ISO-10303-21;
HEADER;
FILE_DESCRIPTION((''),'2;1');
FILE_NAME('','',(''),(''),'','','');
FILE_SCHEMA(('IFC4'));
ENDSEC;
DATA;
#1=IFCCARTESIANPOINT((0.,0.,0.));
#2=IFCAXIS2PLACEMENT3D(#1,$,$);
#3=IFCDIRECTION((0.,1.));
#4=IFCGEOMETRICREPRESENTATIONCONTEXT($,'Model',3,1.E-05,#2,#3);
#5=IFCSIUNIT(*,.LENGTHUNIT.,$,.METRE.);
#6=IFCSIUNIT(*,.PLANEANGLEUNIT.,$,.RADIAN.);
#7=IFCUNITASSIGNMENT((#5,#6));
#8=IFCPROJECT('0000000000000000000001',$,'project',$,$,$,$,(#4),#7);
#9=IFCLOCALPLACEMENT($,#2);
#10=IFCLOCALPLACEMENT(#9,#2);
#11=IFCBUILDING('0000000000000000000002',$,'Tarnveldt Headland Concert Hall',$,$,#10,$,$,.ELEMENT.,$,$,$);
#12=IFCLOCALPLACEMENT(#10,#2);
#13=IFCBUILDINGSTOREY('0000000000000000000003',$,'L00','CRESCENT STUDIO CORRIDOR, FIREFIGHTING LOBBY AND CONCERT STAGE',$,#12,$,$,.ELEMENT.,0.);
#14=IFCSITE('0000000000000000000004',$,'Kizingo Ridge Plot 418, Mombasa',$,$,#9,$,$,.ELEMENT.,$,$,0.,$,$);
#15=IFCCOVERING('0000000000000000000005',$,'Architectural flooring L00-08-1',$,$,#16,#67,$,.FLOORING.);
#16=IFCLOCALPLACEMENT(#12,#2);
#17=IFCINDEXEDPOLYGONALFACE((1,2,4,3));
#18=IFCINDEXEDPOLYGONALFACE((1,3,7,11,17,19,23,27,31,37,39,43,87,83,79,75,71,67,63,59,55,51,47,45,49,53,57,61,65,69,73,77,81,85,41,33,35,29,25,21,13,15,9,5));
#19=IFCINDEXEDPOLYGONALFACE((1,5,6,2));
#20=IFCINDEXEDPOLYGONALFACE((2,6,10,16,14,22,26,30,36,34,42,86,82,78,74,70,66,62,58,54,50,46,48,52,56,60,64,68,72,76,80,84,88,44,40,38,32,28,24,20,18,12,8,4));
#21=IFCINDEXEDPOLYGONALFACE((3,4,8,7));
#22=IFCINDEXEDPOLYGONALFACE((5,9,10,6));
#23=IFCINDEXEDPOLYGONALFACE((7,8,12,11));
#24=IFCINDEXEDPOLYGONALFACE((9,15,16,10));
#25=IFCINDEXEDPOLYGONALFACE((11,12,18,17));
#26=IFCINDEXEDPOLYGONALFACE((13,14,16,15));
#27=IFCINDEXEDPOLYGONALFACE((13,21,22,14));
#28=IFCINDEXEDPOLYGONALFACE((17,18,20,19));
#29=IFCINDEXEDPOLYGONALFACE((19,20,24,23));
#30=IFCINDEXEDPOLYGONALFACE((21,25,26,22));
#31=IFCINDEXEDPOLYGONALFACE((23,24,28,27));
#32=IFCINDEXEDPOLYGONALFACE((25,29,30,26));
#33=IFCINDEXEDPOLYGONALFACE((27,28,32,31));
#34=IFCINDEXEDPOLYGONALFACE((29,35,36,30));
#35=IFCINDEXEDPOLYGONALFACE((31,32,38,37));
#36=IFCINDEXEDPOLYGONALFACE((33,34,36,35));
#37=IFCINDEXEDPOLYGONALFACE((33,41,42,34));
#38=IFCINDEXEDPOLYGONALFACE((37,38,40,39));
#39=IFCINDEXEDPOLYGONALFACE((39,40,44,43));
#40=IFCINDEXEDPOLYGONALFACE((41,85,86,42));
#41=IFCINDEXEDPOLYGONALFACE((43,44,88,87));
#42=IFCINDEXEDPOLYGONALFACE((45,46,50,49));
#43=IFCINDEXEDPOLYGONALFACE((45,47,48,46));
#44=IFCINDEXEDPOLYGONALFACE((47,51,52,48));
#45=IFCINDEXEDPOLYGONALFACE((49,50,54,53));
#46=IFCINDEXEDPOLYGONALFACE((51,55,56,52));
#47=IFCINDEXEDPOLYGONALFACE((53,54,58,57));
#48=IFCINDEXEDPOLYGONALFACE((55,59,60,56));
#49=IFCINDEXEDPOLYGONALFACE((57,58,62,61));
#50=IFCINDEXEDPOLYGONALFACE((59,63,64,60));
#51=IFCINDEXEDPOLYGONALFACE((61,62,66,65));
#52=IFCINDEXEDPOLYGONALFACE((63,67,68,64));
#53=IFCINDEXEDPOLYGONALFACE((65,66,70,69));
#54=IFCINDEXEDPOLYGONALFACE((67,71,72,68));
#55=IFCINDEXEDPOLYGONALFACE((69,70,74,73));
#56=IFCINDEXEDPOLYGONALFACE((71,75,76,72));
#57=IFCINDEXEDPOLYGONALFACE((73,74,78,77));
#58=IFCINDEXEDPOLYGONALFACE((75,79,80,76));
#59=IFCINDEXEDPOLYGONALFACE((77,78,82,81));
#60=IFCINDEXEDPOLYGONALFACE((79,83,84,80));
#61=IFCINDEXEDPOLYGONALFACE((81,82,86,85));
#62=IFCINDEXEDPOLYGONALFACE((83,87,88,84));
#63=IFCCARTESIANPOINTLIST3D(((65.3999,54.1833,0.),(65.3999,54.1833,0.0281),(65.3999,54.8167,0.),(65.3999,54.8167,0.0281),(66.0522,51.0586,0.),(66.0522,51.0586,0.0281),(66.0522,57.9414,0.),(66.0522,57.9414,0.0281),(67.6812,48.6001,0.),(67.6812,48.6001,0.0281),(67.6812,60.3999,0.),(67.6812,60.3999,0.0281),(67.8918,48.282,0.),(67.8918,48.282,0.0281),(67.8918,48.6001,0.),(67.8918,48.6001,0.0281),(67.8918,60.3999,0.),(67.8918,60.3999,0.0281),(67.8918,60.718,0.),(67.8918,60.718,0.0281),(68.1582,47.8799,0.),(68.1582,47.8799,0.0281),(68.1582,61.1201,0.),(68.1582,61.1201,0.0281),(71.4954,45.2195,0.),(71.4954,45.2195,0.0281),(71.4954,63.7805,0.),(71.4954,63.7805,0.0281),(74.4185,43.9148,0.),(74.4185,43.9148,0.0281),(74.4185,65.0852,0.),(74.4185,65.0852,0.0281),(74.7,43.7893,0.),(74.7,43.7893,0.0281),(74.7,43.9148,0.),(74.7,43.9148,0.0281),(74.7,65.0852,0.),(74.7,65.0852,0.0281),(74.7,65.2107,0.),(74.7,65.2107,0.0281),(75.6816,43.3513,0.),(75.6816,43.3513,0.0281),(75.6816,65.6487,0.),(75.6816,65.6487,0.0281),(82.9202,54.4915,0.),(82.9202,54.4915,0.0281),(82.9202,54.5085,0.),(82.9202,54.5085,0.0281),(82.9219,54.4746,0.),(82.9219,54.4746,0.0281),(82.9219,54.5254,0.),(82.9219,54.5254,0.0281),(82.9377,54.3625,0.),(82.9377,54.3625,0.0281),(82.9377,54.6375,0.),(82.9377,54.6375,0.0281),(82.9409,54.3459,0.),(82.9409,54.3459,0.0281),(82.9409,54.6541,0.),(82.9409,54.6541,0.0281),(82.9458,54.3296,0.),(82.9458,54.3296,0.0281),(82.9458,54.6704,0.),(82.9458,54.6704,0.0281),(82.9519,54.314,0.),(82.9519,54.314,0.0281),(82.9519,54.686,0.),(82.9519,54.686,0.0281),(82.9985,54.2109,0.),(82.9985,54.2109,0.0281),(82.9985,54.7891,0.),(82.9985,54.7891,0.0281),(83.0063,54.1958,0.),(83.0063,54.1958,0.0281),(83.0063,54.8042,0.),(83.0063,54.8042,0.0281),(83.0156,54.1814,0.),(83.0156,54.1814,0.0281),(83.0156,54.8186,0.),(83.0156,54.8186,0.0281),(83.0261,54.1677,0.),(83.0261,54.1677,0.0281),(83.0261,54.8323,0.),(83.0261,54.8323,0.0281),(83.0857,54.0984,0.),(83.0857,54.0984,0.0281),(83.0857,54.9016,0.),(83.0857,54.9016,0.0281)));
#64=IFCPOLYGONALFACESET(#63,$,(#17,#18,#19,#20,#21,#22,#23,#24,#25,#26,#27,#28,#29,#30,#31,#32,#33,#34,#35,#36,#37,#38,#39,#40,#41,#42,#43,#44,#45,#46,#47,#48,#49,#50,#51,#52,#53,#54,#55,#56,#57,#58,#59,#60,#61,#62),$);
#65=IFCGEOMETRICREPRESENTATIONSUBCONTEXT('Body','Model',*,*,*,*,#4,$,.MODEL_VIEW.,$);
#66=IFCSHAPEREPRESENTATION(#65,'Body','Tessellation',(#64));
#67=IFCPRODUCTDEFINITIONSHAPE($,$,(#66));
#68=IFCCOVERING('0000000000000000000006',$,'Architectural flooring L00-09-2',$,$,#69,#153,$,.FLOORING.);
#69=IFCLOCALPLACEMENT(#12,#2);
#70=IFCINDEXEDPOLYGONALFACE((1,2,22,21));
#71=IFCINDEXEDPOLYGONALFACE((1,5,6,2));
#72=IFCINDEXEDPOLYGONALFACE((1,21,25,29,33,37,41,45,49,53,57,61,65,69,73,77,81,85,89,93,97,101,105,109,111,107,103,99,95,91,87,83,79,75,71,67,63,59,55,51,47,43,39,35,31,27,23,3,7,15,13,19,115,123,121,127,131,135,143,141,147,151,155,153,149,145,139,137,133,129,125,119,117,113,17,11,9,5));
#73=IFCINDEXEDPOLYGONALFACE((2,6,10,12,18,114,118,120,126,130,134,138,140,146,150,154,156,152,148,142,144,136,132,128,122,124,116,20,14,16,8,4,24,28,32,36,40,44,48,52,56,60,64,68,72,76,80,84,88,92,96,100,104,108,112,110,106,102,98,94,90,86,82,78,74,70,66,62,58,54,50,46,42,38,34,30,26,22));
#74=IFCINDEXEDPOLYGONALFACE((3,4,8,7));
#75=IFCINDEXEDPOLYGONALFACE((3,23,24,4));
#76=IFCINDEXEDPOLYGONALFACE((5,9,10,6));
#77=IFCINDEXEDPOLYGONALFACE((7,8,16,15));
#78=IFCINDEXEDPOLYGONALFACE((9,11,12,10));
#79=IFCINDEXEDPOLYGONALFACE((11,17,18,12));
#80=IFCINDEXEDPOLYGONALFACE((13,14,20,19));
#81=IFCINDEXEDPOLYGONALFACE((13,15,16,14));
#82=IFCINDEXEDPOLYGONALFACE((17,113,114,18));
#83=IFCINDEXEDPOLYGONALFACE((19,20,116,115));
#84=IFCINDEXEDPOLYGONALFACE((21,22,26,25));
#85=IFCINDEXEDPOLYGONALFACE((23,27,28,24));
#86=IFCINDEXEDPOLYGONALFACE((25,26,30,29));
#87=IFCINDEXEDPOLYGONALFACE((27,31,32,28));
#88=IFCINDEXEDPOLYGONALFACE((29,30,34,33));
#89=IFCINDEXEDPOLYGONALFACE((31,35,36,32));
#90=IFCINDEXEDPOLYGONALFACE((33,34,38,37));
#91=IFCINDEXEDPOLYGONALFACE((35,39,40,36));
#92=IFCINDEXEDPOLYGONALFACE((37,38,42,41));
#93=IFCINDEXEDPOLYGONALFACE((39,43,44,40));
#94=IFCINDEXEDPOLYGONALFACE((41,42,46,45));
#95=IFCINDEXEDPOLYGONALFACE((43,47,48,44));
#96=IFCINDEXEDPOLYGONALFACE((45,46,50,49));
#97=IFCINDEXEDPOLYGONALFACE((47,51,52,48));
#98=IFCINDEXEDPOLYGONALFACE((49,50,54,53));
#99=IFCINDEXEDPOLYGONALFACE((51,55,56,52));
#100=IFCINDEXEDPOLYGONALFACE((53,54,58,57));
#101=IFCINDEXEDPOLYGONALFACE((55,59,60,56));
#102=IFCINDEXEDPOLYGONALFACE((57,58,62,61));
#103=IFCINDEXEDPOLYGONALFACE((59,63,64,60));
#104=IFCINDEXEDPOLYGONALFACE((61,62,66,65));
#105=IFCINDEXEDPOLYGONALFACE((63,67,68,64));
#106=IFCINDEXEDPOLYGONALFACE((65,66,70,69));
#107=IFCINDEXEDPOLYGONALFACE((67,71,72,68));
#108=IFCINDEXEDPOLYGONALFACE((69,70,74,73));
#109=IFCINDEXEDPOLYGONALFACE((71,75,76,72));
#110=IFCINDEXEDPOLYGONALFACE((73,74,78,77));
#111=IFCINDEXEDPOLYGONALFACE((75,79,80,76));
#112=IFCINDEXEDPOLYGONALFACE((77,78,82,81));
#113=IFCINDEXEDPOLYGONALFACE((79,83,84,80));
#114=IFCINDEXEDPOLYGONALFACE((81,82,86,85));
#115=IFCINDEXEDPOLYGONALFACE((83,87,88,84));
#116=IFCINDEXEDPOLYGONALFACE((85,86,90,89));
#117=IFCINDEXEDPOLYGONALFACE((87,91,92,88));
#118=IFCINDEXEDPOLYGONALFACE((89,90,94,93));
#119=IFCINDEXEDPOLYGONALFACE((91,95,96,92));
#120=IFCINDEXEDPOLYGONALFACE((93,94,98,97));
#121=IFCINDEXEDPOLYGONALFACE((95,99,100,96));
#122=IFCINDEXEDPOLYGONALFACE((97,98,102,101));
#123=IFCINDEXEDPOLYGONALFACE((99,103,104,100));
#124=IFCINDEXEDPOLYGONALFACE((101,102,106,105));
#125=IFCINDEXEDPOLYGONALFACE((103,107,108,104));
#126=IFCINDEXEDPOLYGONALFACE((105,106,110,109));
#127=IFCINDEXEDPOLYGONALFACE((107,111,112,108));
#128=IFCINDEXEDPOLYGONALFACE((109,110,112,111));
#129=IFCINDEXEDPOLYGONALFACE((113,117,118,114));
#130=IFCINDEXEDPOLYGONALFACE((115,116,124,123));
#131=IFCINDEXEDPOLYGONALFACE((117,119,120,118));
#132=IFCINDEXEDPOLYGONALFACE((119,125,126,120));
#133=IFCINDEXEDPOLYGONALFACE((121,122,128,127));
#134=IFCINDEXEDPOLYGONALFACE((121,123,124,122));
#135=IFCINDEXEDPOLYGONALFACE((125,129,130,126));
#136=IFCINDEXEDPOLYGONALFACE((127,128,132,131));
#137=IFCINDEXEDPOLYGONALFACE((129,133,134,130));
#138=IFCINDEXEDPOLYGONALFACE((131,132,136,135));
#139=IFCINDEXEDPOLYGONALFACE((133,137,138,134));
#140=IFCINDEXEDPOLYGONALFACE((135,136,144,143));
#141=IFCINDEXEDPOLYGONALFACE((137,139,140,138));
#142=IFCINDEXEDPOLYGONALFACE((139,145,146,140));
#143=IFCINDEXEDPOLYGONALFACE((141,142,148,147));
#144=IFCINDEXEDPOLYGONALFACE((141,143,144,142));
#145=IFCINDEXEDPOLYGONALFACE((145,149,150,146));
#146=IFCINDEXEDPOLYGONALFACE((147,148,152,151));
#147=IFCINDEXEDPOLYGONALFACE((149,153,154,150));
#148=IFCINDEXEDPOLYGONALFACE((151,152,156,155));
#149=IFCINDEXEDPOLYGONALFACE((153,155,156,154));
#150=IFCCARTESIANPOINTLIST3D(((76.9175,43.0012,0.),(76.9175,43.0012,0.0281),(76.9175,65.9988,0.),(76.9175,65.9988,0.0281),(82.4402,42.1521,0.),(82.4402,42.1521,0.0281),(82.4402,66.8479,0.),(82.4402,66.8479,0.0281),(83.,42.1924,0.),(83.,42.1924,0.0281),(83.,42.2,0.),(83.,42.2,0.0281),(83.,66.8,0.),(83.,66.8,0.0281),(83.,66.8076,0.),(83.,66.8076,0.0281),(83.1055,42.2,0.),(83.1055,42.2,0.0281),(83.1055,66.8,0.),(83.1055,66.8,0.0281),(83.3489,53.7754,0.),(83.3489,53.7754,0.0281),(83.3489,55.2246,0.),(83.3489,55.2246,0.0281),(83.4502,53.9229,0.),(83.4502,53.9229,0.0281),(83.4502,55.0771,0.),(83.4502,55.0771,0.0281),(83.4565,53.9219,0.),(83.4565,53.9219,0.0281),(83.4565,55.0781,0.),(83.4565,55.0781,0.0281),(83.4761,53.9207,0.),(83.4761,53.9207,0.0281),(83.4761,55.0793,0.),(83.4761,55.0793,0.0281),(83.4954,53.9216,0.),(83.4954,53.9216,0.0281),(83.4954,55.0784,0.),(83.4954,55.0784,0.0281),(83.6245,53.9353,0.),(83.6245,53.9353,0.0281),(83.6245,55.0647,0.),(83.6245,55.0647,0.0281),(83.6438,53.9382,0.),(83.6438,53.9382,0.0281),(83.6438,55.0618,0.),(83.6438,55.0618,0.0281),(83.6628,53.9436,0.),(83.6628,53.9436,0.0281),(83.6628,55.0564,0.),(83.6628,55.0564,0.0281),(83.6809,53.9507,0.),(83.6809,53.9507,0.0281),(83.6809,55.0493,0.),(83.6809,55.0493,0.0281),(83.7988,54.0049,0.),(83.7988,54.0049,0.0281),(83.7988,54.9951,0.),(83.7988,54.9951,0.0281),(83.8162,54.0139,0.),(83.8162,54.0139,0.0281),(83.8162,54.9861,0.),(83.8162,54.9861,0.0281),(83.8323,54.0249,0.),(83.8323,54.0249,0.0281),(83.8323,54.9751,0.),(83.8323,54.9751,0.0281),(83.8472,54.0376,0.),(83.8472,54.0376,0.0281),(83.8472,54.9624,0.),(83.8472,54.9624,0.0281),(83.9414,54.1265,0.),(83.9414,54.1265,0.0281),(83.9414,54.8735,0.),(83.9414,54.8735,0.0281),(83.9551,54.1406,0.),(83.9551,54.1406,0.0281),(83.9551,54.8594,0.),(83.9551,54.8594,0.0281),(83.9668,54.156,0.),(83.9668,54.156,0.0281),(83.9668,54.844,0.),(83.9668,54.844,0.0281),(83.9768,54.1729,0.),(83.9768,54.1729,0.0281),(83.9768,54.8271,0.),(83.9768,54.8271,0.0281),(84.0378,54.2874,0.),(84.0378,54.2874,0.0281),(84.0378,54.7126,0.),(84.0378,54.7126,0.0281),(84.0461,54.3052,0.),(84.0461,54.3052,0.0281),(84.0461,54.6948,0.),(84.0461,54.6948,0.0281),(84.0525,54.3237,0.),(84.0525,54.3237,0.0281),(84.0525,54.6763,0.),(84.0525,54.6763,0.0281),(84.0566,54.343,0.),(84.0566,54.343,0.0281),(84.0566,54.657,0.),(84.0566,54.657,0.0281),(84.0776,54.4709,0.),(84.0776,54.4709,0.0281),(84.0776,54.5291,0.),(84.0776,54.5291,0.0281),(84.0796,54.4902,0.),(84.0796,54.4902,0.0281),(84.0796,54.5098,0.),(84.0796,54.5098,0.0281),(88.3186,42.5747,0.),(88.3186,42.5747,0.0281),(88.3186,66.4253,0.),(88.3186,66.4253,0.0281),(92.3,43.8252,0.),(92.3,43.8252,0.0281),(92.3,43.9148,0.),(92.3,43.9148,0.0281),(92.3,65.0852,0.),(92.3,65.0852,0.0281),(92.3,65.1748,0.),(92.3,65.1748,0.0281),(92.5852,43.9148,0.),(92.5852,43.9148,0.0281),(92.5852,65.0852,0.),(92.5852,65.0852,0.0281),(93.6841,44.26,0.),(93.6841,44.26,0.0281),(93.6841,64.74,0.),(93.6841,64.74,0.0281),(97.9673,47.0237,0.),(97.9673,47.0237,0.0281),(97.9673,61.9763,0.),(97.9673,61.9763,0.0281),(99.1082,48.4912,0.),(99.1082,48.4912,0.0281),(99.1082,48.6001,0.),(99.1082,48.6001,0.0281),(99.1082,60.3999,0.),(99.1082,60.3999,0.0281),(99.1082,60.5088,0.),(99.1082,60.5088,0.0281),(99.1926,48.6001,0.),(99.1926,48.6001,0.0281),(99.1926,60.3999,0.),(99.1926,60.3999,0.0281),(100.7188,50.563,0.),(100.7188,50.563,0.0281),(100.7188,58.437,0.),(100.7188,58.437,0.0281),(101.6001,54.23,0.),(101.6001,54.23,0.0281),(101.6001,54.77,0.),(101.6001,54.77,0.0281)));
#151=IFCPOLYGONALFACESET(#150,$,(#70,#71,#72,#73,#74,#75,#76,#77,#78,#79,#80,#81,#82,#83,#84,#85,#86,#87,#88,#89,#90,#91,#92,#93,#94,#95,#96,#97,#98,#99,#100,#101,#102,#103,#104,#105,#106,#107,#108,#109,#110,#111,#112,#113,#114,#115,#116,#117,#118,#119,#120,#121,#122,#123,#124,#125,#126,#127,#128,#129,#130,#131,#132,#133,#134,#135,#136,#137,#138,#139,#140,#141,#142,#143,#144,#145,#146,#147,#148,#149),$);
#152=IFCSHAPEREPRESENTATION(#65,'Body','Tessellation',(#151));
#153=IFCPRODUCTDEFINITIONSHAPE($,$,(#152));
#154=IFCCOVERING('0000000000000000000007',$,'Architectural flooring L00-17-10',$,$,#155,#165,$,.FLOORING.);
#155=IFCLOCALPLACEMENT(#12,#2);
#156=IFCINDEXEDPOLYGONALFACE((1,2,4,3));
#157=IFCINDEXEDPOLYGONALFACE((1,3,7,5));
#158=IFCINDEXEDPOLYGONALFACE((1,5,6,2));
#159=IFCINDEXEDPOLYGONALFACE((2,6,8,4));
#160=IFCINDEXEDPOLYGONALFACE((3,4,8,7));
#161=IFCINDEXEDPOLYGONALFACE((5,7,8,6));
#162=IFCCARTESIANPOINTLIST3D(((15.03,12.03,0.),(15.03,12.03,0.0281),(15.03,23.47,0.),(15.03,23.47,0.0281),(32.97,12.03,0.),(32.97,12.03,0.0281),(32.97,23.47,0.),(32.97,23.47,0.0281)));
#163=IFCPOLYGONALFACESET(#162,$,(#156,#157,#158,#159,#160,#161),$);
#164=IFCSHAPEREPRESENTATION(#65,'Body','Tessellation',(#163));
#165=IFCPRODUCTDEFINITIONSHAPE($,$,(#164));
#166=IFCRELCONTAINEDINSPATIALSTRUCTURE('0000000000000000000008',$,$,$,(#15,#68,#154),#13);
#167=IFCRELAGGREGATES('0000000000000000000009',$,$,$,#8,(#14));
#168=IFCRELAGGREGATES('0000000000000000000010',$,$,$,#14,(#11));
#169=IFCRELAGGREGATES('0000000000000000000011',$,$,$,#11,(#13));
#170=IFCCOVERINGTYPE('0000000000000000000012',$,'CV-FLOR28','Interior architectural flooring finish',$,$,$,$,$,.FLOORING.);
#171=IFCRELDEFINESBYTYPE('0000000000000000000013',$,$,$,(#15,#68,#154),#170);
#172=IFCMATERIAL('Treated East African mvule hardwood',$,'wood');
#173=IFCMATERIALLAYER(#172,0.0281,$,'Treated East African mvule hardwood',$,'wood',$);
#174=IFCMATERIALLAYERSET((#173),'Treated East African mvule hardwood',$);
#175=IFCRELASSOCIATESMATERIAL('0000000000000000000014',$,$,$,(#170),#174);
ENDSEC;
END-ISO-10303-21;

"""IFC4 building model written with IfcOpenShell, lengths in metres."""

from ifc_helpers import new_model, si_unit, direction, origin, place, context, subcontext, project, spatial, polyline, outline, extrude, material, layer, layer_set, type_object, element, save


model = new_model("IFC4")

# Units and contexts
model_context = context("Model", 3, precision=1e-05, world=origin(), true_north=direction((0.0, 1.0)))
body_context = subcontext(model_context, "Body", "Model", "MODEL_VIEW")
ifc_project = project(units=[si_unit("LENGTHUNIT", "METRE"), si_unit("PLANEANGLEUNIT", "RADIAN")], contexts=[model_context])

# Site, building, storey
site_placement = place(None, origin())
site = spatial("IfcSite", under=ifc_project, at=site_placement, Name="Kizingo Ridge Plot 418, Mombasa", CompositionType="ELEMENT", RefElevation=0.0)
building_placement = place(site_placement, origin())
building = spatial("IfcBuilding", under=site, at=building_placement, Name="Tarnveldt Headland Concert Hall", CompositionType="ELEMENT")
storey_placement = place(building_placement, origin())
storey = spatial("IfcBuildingStorey", under=building, at=storey_placement, Name="L00", Description="CRESCENT STUDIO CORRIDOR, FIREFIGHTING LOBBY AND CONCERT STAGE", CompositionType="ELEMENT", Elevation=0.0)

# Coverings
ifc_material_1 = material(Name="Treated East African mvule hardwood", Category="wood")
ifc_layer_1 = layer(ifc_material_1, 0.0281, Name="Treated East African mvule hardwood", Category="wood")
ifc_layer_set_1 = layer_set([ifc_layer_1], Name="Treated East African mvule hardwood")
covering_type_1 = type_object("IfcCoveringType", Name="CV-FLOR28", Description="Interior architectural flooring finish", PredefinedType="FLOORING", material=ifc_layer_set_1)
covering_1_placement = place(storey_placement, origin())
element("IfcCovering", 1, at=covering_1_placement, inside=storey, type_object=covering_type_1, Name="Architectural flooring L00-08-1", PredefinedType="FLOORING", context=body_context, shape_type="SweptSolid", body=[
    extrude(outline(polyline([(82.9202, 54.5085), (82.9202, 54.4915), (82.9219, 54.4746), (82.9377, 54.3625), (82.9409, 54.3459), (82.9458, 54.3296), (82.9519, 54.314), (82.9985, 54.2109), (83.0063, 54.1958), (83.0156, 54.1814), (83.0261, 54.1677), (83.0857, 54.0984), (75.6816, 43.3513), (74.7, 43.7893), (74.7, 43.9148), (74.4185, 43.9148), (71.4954, 45.2195), (68.1582, 47.8799), (67.8918, 48.282), (67.8918, 48.6001), (67.6812, 48.6001), (66.0522, 51.0586), (65.3999, 54.1833), (65.3999, 54.8167), (66.0522, 57.9414), (67.6812, 60.3999), (67.8918, 60.3999), (67.8918, 60.718), (68.1582, 61.1201), (71.4954, 63.7805), (74.4185, 65.0852), (74.7, 65.0852), (74.7, 65.2107), (75.6816, 65.6487), (83.0857, 54.9016), (83.0261, 54.8323), (83.0156, 54.8186), (83.0063, 54.8042), (82.9985, 54.7891), (82.9519, 54.686), (82.9458, 54.6704), (82.9409, 54.6541), (82.9377, 54.6375), (82.9219, 54.5254), (82.9202, 54.5085)])), origin(), (0.0, 0.0, 1.0), 0.0281),
])
covering_2_placement = place(storey_placement, origin())
element("IfcCovering", 2, at=covering_2_placement, inside=storey, type_object=covering_type_1, Name="Architectural flooring L00-09-2", PredefinedType="FLOORING", context=body_context, shape_type="SweptSolid", body=[
    extrude(outline(polyline([(99.1926, 48.6001), (99.1082, 48.6001), (99.1082, 48.4912), (97.9673, 47.0237), (93.6841, 44.26), (92.5852, 43.9148), (92.3, 43.9148), (92.3, 43.8252), (88.3186, 42.5747), (83.1055, 42.2), (83.0, 42.2), (83.0, 42.1924), (82.4402, 42.1521), (76.9175, 43.0012), (83.3489, 53.7754), (83.4502, 53.9229), (83.4565, 53.9219), (83.4761, 53.9207), (83.4954, 53.9216), (83.6245, 53.9353), (83.6438, 53.9382), (83.6628, 53.9436), (83.6809, 53.9507), (83.7988, 54.0049), (83.8162, 54.0139), (83.8323, 54.0249), (83.8472, 54.0376), (83.9414, 54.1265), (83.9551, 54.1406), (83.9668, 54.156), (83.9768, 54.1729), (84.0378, 54.2874), (84.0461, 54.3052), (84.0525, 54.3237), (84.0566, 54.343), (84.0776, 54.4709), (84.0796, 54.4902), (84.0796, 54.5098), (84.0776, 54.5291), (84.0566, 54.657), (84.0525, 54.6763), (84.0461, 54.6948), (84.0378, 54.7126), (83.9768, 54.8271), (83.9668, 54.844), (83.9551, 54.8594), (83.9414, 54.8735), (83.8472, 54.9624), (83.8323, 54.9751), (83.8162, 54.9861), (83.7988, 54.9951), (83.6809, 55.0493), (83.6628, 55.0564), (83.6438, 55.0618), (83.6245, 55.0647), (83.4954, 55.0784), (83.4761, 55.0793), (83.4565, 55.0781), (83.4502, 55.0771), (83.3489, 55.2246), (76.9175, 65.9988), (82.4402, 66.8479), (83.0, 66.8076), (83.0, 66.8), (83.1055, 66.8), (88.3186, 66.4253), (92.3, 65.1748), (92.3, 65.0852), (92.5852, 65.0852), (93.6841, 64.74), (97.9673, 61.9763), (99.1082, 60.5088), (99.1082, 60.3999), (99.1926, 60.3999), (100.7188, 58.437), (101.6001, 54.77), (101.6001, 54.23), (100.7188, 50.563), (99.1926, 48.6001)])), origin(), (0.0, 0.0, 1.0), 0.0281),
])
covering_3_placement = place(storey_placement, origin())
element("IfcCovering", 3, at=covering_3_placement, inside=storey, type_object=covering_type_1, Name="Architectural flooring L00-17-10", PredefinedType="FLOORING", context=body_context, shape_type="SweptSolid", body=[
    extrude(outline(polyline([(15.03, 23.47), (32.97, 23.47), (32.97, 12.03), (15.03, 12.03), (15.03, 23.47)])), origin(), (0.0, 0.0, 1.0), 0.0281),
])

save(model, "model.ifc")
